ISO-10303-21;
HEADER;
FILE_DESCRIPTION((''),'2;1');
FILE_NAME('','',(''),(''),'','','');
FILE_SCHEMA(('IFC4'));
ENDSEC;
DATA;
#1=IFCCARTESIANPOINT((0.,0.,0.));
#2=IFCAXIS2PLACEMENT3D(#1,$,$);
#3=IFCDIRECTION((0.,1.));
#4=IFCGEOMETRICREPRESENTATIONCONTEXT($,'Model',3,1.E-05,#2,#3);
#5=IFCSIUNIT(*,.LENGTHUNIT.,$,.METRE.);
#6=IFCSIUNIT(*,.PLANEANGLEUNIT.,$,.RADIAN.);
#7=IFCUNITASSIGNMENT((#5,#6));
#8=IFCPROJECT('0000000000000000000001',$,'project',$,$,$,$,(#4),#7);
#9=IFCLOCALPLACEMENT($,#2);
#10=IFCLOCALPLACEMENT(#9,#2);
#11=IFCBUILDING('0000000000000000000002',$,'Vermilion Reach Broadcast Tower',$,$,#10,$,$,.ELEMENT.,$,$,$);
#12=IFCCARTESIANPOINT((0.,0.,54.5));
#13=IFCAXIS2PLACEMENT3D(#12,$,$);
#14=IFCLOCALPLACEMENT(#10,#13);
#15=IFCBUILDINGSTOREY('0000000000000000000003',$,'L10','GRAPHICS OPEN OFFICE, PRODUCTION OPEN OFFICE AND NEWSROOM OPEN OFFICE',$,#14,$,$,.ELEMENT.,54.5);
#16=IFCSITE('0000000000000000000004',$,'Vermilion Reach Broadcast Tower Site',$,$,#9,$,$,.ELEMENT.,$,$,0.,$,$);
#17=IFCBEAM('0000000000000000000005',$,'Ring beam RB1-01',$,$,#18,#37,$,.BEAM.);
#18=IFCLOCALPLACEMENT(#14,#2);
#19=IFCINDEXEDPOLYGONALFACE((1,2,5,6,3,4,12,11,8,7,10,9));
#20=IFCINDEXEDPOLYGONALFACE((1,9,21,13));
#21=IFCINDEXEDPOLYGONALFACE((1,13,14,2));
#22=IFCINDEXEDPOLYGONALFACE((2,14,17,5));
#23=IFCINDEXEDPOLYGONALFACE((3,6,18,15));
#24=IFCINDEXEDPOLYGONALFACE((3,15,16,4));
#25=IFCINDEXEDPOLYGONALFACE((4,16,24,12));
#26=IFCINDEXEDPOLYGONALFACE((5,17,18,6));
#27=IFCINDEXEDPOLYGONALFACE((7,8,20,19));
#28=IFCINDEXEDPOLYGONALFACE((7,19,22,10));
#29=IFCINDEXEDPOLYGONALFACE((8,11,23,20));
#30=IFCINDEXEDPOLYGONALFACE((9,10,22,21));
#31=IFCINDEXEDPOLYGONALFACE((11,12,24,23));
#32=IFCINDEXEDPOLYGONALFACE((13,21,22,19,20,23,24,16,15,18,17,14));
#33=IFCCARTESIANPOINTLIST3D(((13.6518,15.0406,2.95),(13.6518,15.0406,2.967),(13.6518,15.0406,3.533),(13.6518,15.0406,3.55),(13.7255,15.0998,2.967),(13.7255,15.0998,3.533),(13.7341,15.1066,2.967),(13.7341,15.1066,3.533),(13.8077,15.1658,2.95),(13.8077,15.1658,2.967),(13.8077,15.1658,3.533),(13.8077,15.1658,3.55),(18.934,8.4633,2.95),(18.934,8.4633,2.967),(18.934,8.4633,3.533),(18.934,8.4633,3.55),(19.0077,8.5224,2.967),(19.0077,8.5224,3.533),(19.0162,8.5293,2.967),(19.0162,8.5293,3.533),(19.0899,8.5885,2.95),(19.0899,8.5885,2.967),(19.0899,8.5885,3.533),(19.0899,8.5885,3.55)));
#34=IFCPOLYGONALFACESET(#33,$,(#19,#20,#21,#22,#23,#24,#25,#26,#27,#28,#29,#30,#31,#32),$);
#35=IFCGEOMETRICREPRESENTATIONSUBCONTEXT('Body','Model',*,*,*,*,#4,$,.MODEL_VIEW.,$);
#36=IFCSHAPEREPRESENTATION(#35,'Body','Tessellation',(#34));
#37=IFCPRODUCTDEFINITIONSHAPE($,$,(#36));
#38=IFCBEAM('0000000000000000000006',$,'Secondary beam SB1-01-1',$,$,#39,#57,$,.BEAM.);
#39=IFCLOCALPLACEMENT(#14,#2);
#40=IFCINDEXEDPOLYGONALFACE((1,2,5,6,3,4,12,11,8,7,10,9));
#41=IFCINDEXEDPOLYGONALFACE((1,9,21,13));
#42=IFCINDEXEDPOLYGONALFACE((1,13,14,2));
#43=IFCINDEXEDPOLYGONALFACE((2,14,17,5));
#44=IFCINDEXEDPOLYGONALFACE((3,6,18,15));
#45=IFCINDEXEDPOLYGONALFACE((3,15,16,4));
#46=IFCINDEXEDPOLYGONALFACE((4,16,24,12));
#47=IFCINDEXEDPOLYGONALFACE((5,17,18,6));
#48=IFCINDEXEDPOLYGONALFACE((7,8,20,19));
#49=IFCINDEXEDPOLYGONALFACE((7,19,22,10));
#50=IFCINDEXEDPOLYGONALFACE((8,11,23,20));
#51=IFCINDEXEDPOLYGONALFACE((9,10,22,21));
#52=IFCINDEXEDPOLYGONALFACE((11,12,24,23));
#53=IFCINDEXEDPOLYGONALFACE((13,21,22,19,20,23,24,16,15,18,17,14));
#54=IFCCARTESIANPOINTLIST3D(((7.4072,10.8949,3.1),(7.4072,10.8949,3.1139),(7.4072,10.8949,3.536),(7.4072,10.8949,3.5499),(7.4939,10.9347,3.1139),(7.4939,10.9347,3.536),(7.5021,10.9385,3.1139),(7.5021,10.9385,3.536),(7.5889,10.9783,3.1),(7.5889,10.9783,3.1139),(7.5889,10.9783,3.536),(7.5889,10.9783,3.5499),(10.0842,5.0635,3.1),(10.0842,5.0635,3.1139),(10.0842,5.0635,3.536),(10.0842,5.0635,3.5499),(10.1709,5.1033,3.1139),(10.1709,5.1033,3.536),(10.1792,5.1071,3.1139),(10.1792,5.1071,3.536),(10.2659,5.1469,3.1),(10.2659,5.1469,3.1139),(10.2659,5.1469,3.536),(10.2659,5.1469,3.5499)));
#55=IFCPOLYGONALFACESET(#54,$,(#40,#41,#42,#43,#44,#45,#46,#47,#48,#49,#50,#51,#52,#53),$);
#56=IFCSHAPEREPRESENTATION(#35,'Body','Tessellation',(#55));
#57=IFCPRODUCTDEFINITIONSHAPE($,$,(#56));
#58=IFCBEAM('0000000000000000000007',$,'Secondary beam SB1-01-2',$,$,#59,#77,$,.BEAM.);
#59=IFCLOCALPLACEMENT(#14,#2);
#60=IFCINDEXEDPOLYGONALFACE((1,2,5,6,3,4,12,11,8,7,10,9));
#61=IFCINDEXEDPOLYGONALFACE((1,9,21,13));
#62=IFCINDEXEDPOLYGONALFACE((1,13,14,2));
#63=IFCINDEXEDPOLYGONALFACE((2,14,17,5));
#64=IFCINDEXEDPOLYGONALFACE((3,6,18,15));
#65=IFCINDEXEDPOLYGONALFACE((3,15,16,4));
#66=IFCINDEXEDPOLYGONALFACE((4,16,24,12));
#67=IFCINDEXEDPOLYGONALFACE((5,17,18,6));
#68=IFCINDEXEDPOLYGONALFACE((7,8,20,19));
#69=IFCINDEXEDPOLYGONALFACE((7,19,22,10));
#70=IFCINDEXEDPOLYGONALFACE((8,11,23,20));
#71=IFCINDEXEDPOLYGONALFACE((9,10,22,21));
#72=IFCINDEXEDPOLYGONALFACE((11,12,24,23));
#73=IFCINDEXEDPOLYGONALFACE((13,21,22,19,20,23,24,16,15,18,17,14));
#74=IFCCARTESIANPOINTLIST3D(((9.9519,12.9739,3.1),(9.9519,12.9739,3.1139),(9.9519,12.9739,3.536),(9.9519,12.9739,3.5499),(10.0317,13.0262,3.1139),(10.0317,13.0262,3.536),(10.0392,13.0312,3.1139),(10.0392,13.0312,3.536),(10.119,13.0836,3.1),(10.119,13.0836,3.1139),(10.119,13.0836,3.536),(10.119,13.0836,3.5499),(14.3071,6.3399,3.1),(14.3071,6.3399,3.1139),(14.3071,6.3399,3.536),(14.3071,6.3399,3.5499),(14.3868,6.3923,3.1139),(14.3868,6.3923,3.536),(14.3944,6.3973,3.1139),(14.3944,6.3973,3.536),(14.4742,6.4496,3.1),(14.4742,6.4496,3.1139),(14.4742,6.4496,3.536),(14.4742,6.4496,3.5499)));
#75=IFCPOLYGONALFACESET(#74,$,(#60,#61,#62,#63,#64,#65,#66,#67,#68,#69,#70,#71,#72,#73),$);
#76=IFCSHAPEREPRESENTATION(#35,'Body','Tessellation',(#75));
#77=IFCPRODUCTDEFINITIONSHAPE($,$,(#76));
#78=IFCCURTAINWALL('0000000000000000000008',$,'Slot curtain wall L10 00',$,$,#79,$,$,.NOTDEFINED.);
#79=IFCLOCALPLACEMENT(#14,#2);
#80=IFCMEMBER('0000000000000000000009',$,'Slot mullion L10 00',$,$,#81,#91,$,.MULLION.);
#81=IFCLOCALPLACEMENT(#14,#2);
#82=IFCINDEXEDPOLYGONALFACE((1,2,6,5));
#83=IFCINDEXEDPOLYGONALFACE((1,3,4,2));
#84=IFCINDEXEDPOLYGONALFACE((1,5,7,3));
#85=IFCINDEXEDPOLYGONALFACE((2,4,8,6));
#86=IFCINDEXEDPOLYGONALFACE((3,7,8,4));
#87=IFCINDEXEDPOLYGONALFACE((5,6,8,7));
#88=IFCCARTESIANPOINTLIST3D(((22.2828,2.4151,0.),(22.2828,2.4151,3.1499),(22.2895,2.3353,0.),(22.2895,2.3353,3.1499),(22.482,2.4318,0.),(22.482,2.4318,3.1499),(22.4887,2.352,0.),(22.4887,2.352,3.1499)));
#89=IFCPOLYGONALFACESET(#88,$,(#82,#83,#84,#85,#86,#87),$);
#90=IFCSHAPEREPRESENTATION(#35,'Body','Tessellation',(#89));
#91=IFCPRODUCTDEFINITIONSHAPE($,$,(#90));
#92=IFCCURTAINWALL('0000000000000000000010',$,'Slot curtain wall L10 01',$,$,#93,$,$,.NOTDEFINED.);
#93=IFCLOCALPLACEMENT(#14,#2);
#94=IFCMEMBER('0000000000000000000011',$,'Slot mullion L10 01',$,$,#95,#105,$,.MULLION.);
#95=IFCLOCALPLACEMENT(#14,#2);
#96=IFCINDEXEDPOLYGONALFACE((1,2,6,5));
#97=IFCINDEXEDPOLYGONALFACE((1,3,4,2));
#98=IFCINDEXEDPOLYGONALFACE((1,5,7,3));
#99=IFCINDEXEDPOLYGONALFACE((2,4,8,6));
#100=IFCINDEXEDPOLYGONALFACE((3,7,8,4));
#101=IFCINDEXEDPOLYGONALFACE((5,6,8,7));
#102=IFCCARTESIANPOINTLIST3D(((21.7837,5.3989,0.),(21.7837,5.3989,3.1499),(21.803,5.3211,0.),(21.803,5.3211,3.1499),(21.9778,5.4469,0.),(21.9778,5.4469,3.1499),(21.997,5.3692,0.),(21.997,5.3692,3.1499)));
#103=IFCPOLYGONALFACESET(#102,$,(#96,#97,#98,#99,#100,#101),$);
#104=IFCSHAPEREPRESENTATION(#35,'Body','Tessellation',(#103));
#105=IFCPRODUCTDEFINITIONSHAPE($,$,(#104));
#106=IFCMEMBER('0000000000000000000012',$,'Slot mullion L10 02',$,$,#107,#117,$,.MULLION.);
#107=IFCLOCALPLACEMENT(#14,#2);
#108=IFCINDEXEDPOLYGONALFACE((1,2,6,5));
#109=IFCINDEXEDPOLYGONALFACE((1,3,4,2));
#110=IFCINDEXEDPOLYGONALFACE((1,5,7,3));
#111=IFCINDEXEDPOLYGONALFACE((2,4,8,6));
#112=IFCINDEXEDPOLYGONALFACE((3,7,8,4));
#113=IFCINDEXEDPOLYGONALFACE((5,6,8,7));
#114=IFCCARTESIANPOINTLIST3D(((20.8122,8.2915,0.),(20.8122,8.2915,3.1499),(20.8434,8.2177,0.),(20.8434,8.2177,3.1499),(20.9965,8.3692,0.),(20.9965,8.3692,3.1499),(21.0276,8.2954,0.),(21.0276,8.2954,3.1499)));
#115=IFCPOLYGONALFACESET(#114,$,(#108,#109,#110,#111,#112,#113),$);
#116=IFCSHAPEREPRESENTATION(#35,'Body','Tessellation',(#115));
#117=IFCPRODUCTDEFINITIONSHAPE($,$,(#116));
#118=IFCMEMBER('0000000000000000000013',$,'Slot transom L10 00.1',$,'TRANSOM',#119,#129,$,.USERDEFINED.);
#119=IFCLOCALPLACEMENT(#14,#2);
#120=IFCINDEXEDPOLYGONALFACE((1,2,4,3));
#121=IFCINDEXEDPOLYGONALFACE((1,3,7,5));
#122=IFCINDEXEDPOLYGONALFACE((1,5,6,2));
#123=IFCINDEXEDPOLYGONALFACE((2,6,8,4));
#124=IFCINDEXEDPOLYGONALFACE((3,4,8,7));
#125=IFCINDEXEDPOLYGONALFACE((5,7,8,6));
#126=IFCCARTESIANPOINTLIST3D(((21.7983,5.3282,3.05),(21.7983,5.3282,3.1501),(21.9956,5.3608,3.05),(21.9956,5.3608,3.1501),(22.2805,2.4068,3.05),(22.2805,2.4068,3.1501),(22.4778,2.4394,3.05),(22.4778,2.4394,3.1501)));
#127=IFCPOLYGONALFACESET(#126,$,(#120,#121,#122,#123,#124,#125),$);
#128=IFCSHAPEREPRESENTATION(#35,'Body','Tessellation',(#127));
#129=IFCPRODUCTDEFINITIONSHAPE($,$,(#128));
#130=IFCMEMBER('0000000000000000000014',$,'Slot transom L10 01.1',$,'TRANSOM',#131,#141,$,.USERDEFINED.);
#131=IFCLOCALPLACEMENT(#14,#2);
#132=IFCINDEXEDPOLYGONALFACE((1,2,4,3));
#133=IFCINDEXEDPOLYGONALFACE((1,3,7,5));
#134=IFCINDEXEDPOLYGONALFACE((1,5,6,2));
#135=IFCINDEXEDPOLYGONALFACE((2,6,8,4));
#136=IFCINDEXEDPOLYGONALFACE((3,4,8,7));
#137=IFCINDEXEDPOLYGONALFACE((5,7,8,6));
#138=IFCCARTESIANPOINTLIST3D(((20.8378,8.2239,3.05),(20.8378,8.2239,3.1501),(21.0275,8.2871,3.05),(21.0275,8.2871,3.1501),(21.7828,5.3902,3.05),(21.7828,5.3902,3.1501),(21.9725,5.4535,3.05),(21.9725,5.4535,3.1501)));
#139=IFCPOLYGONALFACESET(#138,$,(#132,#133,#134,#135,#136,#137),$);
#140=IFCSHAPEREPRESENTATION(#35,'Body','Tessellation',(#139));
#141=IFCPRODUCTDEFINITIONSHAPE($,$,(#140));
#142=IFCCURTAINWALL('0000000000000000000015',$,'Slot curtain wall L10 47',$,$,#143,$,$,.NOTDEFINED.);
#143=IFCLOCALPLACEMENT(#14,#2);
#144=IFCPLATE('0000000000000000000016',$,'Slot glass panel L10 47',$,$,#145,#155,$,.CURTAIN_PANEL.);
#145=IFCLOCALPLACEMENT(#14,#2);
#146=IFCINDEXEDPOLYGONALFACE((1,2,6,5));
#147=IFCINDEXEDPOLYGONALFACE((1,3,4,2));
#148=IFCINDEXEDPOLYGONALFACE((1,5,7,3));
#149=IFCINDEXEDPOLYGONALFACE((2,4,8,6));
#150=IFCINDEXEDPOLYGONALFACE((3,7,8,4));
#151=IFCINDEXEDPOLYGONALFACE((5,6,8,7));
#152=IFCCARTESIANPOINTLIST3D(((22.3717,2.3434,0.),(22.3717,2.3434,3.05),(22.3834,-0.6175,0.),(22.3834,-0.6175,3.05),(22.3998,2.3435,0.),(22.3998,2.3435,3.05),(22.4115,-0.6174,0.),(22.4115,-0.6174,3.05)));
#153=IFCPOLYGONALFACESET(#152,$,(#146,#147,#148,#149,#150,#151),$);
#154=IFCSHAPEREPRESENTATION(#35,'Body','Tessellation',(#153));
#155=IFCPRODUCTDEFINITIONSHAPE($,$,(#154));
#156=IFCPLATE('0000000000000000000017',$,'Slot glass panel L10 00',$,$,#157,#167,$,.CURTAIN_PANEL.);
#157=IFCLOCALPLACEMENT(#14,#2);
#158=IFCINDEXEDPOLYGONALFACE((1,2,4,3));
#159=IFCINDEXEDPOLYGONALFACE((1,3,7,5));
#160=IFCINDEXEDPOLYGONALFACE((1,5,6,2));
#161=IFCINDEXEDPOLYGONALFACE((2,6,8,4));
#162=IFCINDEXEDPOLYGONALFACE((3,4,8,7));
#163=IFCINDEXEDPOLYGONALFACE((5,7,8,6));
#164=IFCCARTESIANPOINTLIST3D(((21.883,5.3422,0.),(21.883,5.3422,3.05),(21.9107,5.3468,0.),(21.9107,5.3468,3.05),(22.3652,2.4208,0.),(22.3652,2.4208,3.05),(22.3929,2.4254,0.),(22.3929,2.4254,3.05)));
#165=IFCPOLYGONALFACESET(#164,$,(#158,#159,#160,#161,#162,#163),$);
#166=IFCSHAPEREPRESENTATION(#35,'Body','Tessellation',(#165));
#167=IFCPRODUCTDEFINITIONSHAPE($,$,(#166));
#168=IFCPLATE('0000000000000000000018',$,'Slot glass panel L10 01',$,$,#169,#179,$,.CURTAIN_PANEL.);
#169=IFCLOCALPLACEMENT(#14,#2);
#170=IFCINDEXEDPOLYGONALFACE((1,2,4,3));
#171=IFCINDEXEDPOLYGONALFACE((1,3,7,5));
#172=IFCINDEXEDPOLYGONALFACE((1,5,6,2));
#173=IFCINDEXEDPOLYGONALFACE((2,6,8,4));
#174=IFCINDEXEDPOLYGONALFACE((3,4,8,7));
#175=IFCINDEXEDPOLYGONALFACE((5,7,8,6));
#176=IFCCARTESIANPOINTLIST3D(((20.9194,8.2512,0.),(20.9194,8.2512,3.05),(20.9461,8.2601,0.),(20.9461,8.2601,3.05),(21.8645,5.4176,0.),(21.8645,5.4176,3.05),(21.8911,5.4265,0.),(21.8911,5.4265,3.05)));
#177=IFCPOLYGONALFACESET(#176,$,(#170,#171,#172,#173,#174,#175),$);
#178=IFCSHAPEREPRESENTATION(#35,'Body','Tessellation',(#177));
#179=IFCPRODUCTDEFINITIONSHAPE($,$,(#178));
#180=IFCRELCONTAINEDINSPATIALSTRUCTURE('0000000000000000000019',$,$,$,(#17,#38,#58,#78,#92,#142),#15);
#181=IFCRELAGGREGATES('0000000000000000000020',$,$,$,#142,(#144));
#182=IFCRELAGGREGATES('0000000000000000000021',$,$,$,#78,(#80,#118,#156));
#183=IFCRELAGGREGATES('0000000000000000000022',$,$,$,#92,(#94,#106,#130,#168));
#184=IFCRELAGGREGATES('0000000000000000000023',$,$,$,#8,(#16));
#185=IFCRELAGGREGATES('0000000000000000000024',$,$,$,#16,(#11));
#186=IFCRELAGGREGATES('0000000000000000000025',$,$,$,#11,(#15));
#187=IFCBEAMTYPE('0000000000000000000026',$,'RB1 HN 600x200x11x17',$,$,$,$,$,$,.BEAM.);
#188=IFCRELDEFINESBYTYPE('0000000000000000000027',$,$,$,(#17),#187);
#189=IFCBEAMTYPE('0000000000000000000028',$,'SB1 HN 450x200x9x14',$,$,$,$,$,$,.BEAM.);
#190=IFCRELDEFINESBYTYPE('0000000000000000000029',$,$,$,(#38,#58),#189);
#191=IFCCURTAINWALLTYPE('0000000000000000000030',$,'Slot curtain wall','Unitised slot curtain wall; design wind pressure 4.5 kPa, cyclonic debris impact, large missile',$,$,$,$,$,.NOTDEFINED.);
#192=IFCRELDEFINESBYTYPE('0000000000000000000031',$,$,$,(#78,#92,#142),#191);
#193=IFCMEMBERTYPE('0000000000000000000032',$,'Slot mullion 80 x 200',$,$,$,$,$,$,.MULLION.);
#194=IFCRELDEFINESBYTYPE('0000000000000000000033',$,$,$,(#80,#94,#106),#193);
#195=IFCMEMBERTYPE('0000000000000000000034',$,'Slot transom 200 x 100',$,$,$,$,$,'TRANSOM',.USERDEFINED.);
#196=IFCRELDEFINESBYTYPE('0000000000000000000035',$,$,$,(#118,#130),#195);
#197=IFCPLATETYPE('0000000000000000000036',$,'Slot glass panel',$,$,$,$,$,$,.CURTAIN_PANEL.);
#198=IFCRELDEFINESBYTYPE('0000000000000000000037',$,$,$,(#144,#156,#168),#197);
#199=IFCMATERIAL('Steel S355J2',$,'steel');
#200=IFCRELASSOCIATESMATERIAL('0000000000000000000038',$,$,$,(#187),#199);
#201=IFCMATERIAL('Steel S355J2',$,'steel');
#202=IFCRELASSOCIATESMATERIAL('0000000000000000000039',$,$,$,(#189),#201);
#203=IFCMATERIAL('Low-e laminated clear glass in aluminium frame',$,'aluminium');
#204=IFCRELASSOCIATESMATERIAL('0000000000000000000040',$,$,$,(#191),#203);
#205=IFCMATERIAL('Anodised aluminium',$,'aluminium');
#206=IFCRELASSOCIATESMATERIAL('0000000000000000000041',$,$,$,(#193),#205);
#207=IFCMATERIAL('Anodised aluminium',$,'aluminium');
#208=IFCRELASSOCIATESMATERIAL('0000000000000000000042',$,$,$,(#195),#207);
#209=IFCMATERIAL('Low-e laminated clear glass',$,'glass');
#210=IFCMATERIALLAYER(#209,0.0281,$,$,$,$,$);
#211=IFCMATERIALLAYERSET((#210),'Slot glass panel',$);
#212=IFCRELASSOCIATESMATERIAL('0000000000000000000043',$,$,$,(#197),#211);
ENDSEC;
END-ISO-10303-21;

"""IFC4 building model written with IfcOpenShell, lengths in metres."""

from ifc_helpers import new_model, si_unit, direction, frame, origin, origin_2d, place, context, subcontext, project, spatial, rectangle, i_section, extrude, material, layer, layer_set, material_profile, profile_set, type_object, element, aggregate, save


model = new_model("IFC4")

# Units and contexts
model_context = context("Model", 3, precision=1e-05, world=origin(), true_north=direction((0.0, 1.0)))
body_context = subcontext(model_context, "Body", "Model", "MODEL_VIEW")
ifc_project = project(units=[si_unit("LENGTHUNIT", "METRE"), si_unit("PLANEANGLEUNIT", "RADIAN")], contexts=[model_context])

# Site, building, storey
site_placement = place(None, origin())
site = spatial("IfcSite", under=ifc_project, at=site_placement, Name="Vermilion Reach Broadcast Tower Site", CompositionType="ELEMENT", RefElevation=0.0)
building_placement = place(site_placement, origin())
building = spatial("IfcBuilding", under=site, at=building_placement, Name="Vermilion Reach Broadcast Tower", CompositionType="ELEMENT")
storey_placement = place(building_placement, frame((0.0, 0.0, 54.5)))
storey = spatial("IfcBuildingStorey", under=building, at=storey_placement, Name="L10", Description="GRAPHICS OPEN OFFICE, PRODUCTION OPEN OFFICE AND NEWSROOM OPEN OFFICE", CompositionType="ELEMENT", Elevation=54.5)

# Beams
ifc_material_1 = material(Name="Steel S355J2", Category="steel")
ifc_material_profile_1 = material_profile(ifc_material_1, i_section(OverallWidth=0.2, OverallDepth=0.6001, WebThickness=0.011, FlangeThickness=0.0171, at=origin_2d()), Name="S355J2 HN 600x200x11x17")
ifc_profile_set_1 = profile_set([ifc_material_profile_1], Name="Steel S355J2")
beam_type_1 = type_object("IfcBeamType", Name="RB1 HN 600x200x11x17", PredefinedType="BEAM", material=ifc_profile_set_1)
beam_1_placement = place(storey_placement, frame((19.012, 8.5259, 3.25), z_axis=(-0.626162, 0.779693, 0.0), x_axis=(-0.779693, -0.626162, 0.0)))
element("IfcBeam", 1, at=beam_1_placement, inside=storey, type_object=beam_type_1, Name="Ring beam RB1-01", PredefinedType="BEAM", context=body_context, shape_type="SweptSolid", body=[
    extrude(i_section(OverallWidth=0.2, OverallDepth=0.6001, WebThickness=0.011, FlangeThickness=0.0171, at=origin_2d()), origin(), (0.0, 0.0, 1.0), 8.4358),
])
ifc_material_2 = material(Name="Steel S355J2", Category="steel")
ifc_material_profile_2 = material_profile(ifc_material_2, i_section(OverallWidth=0.2, OverallDepth=0.45, WebThickness=0.009, FlangeThickness=0.0139, at=origin_2d()), Name="S355J2 HN 450x200x9x14")
ifc_profile_set_2 = profile_set([ifc_material_profile_2], Name="Steel S355J2")
beam_type_2 = type_object("IfcBeamType", Name="SB1 HN 450x200x9x14", PredefinedType="BEAM", material=ifc_profile_set_2)
beam_2_placement = place(storey_placement, frame((10.175, 5.1052, 3.325), z_axis=(-0.417211, 0.908809, 0.0), x_axis=(-0.908809, -0.417211, 0.0)))
element("IfcBeam", 2, at=beam_2_placement, inside=storey, type_object=beam_type_2, Name="Secondary beam SB1-01-1", PredefinedType="BEAM", context=body_context, shape_type="SweptSolid", body=[
    extrude(i_section(OverallWidth=0.2, OverallDepth=0.45, WebThickness=0.009, FlangeThickness=0.0139, at=origin_2d()), origin(), (0.0, 0.0, 1.0), 6.4165),
])
beam_3_placement = place(storey_placement, frame((14.3906, 6.3948, 3.325), z_axis=(-0.548801, 0.835953, 0.0), x_axis=(-0.835953, -0.548801, 0.0)))
element("IfcBeam", 3, at=beam_3_placement, inside=storey, type_object=beam_type_2, Name="Secondary beam SB1-01-2", PredefinedType="BEAM", context=body_context, shape_type="SweptSolid", body=[
    extrude(i_section(OverallWidth=0.2, OverallDepth=0.45, WebThickness=0.009, FlangeThickness=0.0139, at=origin_2d()), origin(), (0.0, 0.0, 1.0), 7.9358),
])

# Curtain wall, member
ifc_material_3 = material(Name="Low-e laminated clear glass in aluminium frame", Category="aluminium")
curtain_wall_type = type_object("IfcCurtainWallType", Name="Slot curtain wall", Description="Unitised slot curtain wall; design wind pressure 4.5 kPa, cyclonic debris impact, large missile", PredefinedType="NOTDEFINED", material=ifc_material_3)
placement = place(storey_placement, origin())
curtain_wall_1 = element("IfcCurtainWall", 4, at=placement, inside=storey, type_object=curtain_wall_type, Name="Slot curtain wall L10 00", PredefinedType="NOTDEFINED")
ifc_material_4 = material(Name="Anodised aluminium", Category="aluminium")
ifc_material_profile_3 = material_profile(ifc_material_4, rectangle(XDim=0.2, YDim=0.0801, at=origin_2d()), Name="Slot mullion 80 x 200")
ifc_profile_set_3 = profile_set([ifc_material_profile_3], Name="Anodised aluminium")
member_type_1 = type_object("IfcMemberType", Name="Slot mullion 80 x 200", PredefinedType="MULLION", material=ifc_profile_set_3)
member_1_placement = place(storey_placement, frame((22.3857, 2.3835, 0.0), z_axis=(0.0, 0.0, 1.0), x_axis=(-0.996493, -0.083678, 0.0)))
member_1 = element("IfcMember", 5, at=member_1_placement, type_object=member_type_1, Name="Slot mullion L10 00", PredefinedType="MULLION", context=body_context, shape_type="SweptSolid", body=[
    extrude(rectangle(XDim=0.2, YDim=0.0801, at=origin_2d()), origin(), (0.0, 0.0, 1.0), 3.1499),
])

# Curtain wall, members
curtain_wall_2 = element("IfcCurtainWall", 6, at=placement, inside=storey, type_object=curtain_wall_type, Name="Slot curtain wall L10 01", PredefinedType="NOTDEFINED")
member_2_placement = place(storey_placement, frame((21.8904, 5.384, 0.0), z_axis=(0.0, 0.0, 1.0), x_axis=(-0.970679, -0.240378, 0.0)))
member_2 = element("IfcMember", 7, at=member_2_placement, type_object=member_type_1, Name="Slot mullion L10 01", PredefinedType="MULLION", context=body_context, shape_type="SweptSolid", body=[
    extrude(rectangle(XDim=0.2, YDim=0.0801, at=origin_2d()), origin(), (0.0, 0.0, 1.0), 3.1499),
])
member_3_placement = place(storey_placement, frame((20.9199, 8.2935, 0.0), z_axis=(0.0, 0.0, 1.0), x_axis=(-0.921366, -0.388697, 0.0)))
member_3 = element("IfcMember", 8, at=member_3_placement, type_object=member_type_1, Name="Slot mullion L10 02", PredefinedType="MULLION", context=body_context, shape_type="SweptSolid", body=[
    extrude(rectangle(XDim=0.2, YDim=0.0801, at=origin_2d()), origin(), (0.0, 0.0, 1.0), 3.1499),
])

# Members
ifc_material_5 = material(Name="Anodised aluminium", Category="aluminium")
ifc_material_profile_4 = material_profile(ifc_material_5, rectangle(XDim=0.2, YDim=0.1001, at=origin_2d()), Name="Slot transom 200 x 100")
ifc_profile_set_4 = profile_set([ifc_material_profile_4], Name="Anodised aluminium")
member_type_2 = type_object("IfcMemberType", Name="Slot transom 200 x 100", ElementType="TRANSOM", PredefinedType="USERDEFINED", material=ifc_profile_set_4)
member_4_placement = place(storey_placement, frame((22.3792, 2.4231, 3.1001), z_axis=(-0.162848, 0.986651, 0.0), x_axis=(-0.986651, -0.162848, 0.0)))
member_4 = element("IfcMember", 9, at=member_4_placement, type_object=member_type_2, Name="Slot transom L10 00.1", ObjectType="TRANSOM", PredefinedType="USERDEFINED", context=body_context, shape_type="SweptSolid", body=[
    extrude(rectangle(XDim=0.2, YDim=0.1001, at=origin_2d()), origin(), (0.0, 0.0, 1.0), 2.9609),
])
member_5_placement = place(storey_placement, frame((21.8777, 5.4219, 3.1001), z_axis=(-0.316375, 0.948634, 0.0), x_axis=(-0.948634, -0.316375, 0.0)))
member_5 = element("IfcMember", 10, at=member_5_placement, type_object=member_type_2, Name="Slot transom L10 01.1", ObjectType="TRANSOM", PredefinedType="USERDEFINED", context=body_context, shape_type="SweptSolid", body=[
    extrude(rectangle(XDim=0.2, YDim=0.1001, at=origin_2d()), origin(), (0.0, 0.0, 1.0), 2.9871),
])

# Curtain wall, plate
curtain_wall_3 = element("IfcCurtainWall", 11, at=placement, inside=storey, type_object=curtain_wall_type, Name="Slot curtain wall L10 47", PredefinedType="NOTDEFINED")
ifc_material_6 = material(Name="Low-e laminated clear glass", Category="glass")
ifc_layer_1 = layer(ifc_material_6, 0.0281)
ifc_layer_set_1 = layer_set([ifc_layer_1], Name="Slot glass panel")
plate_type = type_object("IfcPlateType", Name="Slot glass panel", PredefinedType="CURTAIN_PANEL", material=ifc_layer_set_1)
plate_1_placement = place(storey_placement, frame((22.3916, 0.863, 0.0), z_axis=(0.0, 0.0, 1.0), x_axis=(-0.003958, 0.999992, 0.0)))
plate_1 = element("IfcPlate", 12, at=plate_1_placement, type_object=plate_type, Name="Slot glass panel L10 47", PredefinedType="CURTAIN_PANEL", context=body_context, shape_type="SweptSolid", body=[
    extrude(rectangle(XDim=2.9609, YDim=0.0281, at=origin_2d()), origin(), (0.0, 0.0, 1.0), 3.05),
])
aggregate(curtain_wall_3, [plate_1])

# Plates
plate_2_placement = place(storey_placement, frame((22.1379, 3.8838, 0.0), z_axis=(0.0, 0.0, 1.0), x_axis=(-0.162865, 0.986648, 0.0)))
plate_2 = element("IfcPlate", 13, at=plate_2_placement, type_object=plate_type, Name="Slot glass panel L10 00", PredefinedType="CURTAIN_PANEL", context=body_context, shape_type="SweptSolid", body=[
    extrude(rectangle(XDim=2.9609, YDim=0.0281, at=origin_2d()), origin(), (0.0, 0.0, 1.0), 3.05),
])
aggregate(curtain_wall_1, [member_1, member_4, plate_2])
plate_3_placement = place(storey_placement, frame((21.4053, 6.8389, 0.0), z_axis=(0.0, 0.0, 1.0), x_axis=(-0.316386, 0.948631, 0.0)))
plate_3 = element("IfcPlate", 14, at=plate_3_placement, type_object=plate_type, Name="Slot glass panel L10 01", PredefinedType="CURTAIN_PANEL", context=body_context, shape_type="SweptSolid", body=[
    extrude(rectangle(XDim=2.9871, YDim=0.0281, at=origin_2d()), origin(), (0.0, 0.0, 1.0), 3.05),
])
aggregate(curtain_wall_2, [member_2, member_3, member_5, plate_3])

save(model, "model.ifc")
